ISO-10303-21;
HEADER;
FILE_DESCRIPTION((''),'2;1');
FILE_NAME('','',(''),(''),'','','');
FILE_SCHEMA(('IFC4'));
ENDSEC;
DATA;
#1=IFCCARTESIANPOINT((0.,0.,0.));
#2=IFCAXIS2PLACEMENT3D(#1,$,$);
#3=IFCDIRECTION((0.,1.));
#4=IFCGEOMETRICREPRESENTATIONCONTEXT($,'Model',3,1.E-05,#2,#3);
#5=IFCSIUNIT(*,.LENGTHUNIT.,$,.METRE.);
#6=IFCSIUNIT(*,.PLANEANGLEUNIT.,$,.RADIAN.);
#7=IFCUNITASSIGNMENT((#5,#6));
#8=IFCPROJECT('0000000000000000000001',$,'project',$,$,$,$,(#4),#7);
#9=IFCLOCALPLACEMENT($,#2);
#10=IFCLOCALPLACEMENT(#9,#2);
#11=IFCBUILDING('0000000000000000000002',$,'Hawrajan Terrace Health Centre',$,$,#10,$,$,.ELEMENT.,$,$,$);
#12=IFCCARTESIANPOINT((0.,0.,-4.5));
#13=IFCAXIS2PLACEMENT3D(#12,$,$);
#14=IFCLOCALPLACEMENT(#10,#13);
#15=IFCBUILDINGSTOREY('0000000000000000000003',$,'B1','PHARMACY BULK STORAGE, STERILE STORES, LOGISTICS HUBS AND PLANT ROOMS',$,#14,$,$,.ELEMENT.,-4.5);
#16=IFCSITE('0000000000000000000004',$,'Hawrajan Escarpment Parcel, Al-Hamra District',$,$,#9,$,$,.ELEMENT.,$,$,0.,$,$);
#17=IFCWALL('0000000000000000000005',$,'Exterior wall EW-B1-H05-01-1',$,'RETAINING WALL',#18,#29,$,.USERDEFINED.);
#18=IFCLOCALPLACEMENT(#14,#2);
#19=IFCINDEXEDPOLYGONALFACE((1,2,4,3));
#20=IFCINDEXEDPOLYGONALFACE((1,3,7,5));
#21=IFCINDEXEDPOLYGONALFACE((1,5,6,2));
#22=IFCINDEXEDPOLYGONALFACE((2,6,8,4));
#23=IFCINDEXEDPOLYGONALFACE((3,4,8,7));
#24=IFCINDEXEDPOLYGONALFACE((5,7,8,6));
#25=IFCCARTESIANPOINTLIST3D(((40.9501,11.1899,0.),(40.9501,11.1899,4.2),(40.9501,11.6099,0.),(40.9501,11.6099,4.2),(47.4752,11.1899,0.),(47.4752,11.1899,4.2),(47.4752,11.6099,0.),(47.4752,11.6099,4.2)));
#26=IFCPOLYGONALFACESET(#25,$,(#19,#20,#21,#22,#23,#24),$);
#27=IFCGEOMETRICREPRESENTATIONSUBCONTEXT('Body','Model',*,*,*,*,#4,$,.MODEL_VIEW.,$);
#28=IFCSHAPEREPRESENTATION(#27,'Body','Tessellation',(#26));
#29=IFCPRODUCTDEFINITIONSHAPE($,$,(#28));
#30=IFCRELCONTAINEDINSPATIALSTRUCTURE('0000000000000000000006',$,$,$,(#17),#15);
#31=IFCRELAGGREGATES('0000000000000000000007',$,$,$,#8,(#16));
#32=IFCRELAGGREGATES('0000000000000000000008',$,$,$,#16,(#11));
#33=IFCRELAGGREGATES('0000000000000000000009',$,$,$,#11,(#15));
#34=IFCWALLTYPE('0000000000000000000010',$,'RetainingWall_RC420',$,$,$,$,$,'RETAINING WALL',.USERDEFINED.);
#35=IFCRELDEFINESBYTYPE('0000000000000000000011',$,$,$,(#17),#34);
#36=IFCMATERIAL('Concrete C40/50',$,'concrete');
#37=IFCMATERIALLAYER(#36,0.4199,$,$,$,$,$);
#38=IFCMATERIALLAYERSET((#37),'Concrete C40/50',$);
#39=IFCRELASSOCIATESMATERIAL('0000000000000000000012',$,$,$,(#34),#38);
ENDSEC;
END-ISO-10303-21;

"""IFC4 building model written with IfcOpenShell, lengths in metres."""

from ifc_helpers import new_model, si_unit, direction, frame, frame_2d, origin, place, context, subcontext, project, spatial, rectangle, extrude, material, layer, layer_set, type_object, element, save


model = new_model("IFC4")

# Units and contexts
model_context = context("Model", 3, precision=1e-05, world=origin(), true_north=direction((0.0, 1.0)))
body_context = subcontext(model_context, "Body", "Model", "MODEL_VIEW")
ifc_project = project(units=[si_unit("LENGTHUNIT", "METRE"), si_unit("PLANEANGLEUNIT", "RADIAN")], contexts=[model_context])

# Site, building, storey
site_placement = place(None, origin())
site = spatial("IfcSite", under=ifc_project, at=site_placement, Name="Hawrajan Escarpment Parcel, Al-Hamra District", CompositionType="ELEMENT", RefElevation=0.0)
building_placement = place(site_placement, origin())
building = spatial("IfcBuilding", under=site, at=building_placement, Name="Hawrajan Terrace Health Centre", CompositionType="ELEMENT")
storey_placement = place(building_placement, frame((0.0, 0.0, -4.5)))
storey = spatial("IfcBuildingStorey", under=building, at=storey_placement, Name="B1", Description="PHARMACY BULK STORAGE, STERILE STORES, LOGISTICS HUBS AND PLANT ROOMS", CompositionType="ELEMENT", Elevation=-4.5)

# Shared definitions
ifc_material_1 = material(Name="Concrete C40/50", Category="concrete")

# Wall
ifc_layer_1 = layer(ifc_material_1, 0.4199)
ifc_layer_set_1 = layer_set([ifc_layer_1], Name="Concrete C40/50")
wall_type_1 = type_object("IfcWallType", Name="RetainingWall_RC420", ElementType="RETAINING WALL", PredefinedType="USERDEFINED", material=ifc_layer_set_1)
wall_1_placement = place(storey_placement, frame((40.95, 11.3999, 0.0), z_axis=(0.0, 0.0, 1.0), x_axis=(1.0, 0.0, 0.0)))
element("IfcWall", 1, at=wall_1_placement, inside=storey, type_object=wall_type_1, Name="Exterior wall EW-B1-H05-01-1", ObjectType="RETAINING WALL", PredefinedType="USERDEFINED", context=body_context, shape_type="SweptSolid", body=[
    extrude(rectangle(XDim=6.5251, YDim=0.4199, at=frame_2d((3.2627, 0.0))), origin(), (0.0, 0.0, 1.0), 4.2),
])

save(model, "model.ifc")
